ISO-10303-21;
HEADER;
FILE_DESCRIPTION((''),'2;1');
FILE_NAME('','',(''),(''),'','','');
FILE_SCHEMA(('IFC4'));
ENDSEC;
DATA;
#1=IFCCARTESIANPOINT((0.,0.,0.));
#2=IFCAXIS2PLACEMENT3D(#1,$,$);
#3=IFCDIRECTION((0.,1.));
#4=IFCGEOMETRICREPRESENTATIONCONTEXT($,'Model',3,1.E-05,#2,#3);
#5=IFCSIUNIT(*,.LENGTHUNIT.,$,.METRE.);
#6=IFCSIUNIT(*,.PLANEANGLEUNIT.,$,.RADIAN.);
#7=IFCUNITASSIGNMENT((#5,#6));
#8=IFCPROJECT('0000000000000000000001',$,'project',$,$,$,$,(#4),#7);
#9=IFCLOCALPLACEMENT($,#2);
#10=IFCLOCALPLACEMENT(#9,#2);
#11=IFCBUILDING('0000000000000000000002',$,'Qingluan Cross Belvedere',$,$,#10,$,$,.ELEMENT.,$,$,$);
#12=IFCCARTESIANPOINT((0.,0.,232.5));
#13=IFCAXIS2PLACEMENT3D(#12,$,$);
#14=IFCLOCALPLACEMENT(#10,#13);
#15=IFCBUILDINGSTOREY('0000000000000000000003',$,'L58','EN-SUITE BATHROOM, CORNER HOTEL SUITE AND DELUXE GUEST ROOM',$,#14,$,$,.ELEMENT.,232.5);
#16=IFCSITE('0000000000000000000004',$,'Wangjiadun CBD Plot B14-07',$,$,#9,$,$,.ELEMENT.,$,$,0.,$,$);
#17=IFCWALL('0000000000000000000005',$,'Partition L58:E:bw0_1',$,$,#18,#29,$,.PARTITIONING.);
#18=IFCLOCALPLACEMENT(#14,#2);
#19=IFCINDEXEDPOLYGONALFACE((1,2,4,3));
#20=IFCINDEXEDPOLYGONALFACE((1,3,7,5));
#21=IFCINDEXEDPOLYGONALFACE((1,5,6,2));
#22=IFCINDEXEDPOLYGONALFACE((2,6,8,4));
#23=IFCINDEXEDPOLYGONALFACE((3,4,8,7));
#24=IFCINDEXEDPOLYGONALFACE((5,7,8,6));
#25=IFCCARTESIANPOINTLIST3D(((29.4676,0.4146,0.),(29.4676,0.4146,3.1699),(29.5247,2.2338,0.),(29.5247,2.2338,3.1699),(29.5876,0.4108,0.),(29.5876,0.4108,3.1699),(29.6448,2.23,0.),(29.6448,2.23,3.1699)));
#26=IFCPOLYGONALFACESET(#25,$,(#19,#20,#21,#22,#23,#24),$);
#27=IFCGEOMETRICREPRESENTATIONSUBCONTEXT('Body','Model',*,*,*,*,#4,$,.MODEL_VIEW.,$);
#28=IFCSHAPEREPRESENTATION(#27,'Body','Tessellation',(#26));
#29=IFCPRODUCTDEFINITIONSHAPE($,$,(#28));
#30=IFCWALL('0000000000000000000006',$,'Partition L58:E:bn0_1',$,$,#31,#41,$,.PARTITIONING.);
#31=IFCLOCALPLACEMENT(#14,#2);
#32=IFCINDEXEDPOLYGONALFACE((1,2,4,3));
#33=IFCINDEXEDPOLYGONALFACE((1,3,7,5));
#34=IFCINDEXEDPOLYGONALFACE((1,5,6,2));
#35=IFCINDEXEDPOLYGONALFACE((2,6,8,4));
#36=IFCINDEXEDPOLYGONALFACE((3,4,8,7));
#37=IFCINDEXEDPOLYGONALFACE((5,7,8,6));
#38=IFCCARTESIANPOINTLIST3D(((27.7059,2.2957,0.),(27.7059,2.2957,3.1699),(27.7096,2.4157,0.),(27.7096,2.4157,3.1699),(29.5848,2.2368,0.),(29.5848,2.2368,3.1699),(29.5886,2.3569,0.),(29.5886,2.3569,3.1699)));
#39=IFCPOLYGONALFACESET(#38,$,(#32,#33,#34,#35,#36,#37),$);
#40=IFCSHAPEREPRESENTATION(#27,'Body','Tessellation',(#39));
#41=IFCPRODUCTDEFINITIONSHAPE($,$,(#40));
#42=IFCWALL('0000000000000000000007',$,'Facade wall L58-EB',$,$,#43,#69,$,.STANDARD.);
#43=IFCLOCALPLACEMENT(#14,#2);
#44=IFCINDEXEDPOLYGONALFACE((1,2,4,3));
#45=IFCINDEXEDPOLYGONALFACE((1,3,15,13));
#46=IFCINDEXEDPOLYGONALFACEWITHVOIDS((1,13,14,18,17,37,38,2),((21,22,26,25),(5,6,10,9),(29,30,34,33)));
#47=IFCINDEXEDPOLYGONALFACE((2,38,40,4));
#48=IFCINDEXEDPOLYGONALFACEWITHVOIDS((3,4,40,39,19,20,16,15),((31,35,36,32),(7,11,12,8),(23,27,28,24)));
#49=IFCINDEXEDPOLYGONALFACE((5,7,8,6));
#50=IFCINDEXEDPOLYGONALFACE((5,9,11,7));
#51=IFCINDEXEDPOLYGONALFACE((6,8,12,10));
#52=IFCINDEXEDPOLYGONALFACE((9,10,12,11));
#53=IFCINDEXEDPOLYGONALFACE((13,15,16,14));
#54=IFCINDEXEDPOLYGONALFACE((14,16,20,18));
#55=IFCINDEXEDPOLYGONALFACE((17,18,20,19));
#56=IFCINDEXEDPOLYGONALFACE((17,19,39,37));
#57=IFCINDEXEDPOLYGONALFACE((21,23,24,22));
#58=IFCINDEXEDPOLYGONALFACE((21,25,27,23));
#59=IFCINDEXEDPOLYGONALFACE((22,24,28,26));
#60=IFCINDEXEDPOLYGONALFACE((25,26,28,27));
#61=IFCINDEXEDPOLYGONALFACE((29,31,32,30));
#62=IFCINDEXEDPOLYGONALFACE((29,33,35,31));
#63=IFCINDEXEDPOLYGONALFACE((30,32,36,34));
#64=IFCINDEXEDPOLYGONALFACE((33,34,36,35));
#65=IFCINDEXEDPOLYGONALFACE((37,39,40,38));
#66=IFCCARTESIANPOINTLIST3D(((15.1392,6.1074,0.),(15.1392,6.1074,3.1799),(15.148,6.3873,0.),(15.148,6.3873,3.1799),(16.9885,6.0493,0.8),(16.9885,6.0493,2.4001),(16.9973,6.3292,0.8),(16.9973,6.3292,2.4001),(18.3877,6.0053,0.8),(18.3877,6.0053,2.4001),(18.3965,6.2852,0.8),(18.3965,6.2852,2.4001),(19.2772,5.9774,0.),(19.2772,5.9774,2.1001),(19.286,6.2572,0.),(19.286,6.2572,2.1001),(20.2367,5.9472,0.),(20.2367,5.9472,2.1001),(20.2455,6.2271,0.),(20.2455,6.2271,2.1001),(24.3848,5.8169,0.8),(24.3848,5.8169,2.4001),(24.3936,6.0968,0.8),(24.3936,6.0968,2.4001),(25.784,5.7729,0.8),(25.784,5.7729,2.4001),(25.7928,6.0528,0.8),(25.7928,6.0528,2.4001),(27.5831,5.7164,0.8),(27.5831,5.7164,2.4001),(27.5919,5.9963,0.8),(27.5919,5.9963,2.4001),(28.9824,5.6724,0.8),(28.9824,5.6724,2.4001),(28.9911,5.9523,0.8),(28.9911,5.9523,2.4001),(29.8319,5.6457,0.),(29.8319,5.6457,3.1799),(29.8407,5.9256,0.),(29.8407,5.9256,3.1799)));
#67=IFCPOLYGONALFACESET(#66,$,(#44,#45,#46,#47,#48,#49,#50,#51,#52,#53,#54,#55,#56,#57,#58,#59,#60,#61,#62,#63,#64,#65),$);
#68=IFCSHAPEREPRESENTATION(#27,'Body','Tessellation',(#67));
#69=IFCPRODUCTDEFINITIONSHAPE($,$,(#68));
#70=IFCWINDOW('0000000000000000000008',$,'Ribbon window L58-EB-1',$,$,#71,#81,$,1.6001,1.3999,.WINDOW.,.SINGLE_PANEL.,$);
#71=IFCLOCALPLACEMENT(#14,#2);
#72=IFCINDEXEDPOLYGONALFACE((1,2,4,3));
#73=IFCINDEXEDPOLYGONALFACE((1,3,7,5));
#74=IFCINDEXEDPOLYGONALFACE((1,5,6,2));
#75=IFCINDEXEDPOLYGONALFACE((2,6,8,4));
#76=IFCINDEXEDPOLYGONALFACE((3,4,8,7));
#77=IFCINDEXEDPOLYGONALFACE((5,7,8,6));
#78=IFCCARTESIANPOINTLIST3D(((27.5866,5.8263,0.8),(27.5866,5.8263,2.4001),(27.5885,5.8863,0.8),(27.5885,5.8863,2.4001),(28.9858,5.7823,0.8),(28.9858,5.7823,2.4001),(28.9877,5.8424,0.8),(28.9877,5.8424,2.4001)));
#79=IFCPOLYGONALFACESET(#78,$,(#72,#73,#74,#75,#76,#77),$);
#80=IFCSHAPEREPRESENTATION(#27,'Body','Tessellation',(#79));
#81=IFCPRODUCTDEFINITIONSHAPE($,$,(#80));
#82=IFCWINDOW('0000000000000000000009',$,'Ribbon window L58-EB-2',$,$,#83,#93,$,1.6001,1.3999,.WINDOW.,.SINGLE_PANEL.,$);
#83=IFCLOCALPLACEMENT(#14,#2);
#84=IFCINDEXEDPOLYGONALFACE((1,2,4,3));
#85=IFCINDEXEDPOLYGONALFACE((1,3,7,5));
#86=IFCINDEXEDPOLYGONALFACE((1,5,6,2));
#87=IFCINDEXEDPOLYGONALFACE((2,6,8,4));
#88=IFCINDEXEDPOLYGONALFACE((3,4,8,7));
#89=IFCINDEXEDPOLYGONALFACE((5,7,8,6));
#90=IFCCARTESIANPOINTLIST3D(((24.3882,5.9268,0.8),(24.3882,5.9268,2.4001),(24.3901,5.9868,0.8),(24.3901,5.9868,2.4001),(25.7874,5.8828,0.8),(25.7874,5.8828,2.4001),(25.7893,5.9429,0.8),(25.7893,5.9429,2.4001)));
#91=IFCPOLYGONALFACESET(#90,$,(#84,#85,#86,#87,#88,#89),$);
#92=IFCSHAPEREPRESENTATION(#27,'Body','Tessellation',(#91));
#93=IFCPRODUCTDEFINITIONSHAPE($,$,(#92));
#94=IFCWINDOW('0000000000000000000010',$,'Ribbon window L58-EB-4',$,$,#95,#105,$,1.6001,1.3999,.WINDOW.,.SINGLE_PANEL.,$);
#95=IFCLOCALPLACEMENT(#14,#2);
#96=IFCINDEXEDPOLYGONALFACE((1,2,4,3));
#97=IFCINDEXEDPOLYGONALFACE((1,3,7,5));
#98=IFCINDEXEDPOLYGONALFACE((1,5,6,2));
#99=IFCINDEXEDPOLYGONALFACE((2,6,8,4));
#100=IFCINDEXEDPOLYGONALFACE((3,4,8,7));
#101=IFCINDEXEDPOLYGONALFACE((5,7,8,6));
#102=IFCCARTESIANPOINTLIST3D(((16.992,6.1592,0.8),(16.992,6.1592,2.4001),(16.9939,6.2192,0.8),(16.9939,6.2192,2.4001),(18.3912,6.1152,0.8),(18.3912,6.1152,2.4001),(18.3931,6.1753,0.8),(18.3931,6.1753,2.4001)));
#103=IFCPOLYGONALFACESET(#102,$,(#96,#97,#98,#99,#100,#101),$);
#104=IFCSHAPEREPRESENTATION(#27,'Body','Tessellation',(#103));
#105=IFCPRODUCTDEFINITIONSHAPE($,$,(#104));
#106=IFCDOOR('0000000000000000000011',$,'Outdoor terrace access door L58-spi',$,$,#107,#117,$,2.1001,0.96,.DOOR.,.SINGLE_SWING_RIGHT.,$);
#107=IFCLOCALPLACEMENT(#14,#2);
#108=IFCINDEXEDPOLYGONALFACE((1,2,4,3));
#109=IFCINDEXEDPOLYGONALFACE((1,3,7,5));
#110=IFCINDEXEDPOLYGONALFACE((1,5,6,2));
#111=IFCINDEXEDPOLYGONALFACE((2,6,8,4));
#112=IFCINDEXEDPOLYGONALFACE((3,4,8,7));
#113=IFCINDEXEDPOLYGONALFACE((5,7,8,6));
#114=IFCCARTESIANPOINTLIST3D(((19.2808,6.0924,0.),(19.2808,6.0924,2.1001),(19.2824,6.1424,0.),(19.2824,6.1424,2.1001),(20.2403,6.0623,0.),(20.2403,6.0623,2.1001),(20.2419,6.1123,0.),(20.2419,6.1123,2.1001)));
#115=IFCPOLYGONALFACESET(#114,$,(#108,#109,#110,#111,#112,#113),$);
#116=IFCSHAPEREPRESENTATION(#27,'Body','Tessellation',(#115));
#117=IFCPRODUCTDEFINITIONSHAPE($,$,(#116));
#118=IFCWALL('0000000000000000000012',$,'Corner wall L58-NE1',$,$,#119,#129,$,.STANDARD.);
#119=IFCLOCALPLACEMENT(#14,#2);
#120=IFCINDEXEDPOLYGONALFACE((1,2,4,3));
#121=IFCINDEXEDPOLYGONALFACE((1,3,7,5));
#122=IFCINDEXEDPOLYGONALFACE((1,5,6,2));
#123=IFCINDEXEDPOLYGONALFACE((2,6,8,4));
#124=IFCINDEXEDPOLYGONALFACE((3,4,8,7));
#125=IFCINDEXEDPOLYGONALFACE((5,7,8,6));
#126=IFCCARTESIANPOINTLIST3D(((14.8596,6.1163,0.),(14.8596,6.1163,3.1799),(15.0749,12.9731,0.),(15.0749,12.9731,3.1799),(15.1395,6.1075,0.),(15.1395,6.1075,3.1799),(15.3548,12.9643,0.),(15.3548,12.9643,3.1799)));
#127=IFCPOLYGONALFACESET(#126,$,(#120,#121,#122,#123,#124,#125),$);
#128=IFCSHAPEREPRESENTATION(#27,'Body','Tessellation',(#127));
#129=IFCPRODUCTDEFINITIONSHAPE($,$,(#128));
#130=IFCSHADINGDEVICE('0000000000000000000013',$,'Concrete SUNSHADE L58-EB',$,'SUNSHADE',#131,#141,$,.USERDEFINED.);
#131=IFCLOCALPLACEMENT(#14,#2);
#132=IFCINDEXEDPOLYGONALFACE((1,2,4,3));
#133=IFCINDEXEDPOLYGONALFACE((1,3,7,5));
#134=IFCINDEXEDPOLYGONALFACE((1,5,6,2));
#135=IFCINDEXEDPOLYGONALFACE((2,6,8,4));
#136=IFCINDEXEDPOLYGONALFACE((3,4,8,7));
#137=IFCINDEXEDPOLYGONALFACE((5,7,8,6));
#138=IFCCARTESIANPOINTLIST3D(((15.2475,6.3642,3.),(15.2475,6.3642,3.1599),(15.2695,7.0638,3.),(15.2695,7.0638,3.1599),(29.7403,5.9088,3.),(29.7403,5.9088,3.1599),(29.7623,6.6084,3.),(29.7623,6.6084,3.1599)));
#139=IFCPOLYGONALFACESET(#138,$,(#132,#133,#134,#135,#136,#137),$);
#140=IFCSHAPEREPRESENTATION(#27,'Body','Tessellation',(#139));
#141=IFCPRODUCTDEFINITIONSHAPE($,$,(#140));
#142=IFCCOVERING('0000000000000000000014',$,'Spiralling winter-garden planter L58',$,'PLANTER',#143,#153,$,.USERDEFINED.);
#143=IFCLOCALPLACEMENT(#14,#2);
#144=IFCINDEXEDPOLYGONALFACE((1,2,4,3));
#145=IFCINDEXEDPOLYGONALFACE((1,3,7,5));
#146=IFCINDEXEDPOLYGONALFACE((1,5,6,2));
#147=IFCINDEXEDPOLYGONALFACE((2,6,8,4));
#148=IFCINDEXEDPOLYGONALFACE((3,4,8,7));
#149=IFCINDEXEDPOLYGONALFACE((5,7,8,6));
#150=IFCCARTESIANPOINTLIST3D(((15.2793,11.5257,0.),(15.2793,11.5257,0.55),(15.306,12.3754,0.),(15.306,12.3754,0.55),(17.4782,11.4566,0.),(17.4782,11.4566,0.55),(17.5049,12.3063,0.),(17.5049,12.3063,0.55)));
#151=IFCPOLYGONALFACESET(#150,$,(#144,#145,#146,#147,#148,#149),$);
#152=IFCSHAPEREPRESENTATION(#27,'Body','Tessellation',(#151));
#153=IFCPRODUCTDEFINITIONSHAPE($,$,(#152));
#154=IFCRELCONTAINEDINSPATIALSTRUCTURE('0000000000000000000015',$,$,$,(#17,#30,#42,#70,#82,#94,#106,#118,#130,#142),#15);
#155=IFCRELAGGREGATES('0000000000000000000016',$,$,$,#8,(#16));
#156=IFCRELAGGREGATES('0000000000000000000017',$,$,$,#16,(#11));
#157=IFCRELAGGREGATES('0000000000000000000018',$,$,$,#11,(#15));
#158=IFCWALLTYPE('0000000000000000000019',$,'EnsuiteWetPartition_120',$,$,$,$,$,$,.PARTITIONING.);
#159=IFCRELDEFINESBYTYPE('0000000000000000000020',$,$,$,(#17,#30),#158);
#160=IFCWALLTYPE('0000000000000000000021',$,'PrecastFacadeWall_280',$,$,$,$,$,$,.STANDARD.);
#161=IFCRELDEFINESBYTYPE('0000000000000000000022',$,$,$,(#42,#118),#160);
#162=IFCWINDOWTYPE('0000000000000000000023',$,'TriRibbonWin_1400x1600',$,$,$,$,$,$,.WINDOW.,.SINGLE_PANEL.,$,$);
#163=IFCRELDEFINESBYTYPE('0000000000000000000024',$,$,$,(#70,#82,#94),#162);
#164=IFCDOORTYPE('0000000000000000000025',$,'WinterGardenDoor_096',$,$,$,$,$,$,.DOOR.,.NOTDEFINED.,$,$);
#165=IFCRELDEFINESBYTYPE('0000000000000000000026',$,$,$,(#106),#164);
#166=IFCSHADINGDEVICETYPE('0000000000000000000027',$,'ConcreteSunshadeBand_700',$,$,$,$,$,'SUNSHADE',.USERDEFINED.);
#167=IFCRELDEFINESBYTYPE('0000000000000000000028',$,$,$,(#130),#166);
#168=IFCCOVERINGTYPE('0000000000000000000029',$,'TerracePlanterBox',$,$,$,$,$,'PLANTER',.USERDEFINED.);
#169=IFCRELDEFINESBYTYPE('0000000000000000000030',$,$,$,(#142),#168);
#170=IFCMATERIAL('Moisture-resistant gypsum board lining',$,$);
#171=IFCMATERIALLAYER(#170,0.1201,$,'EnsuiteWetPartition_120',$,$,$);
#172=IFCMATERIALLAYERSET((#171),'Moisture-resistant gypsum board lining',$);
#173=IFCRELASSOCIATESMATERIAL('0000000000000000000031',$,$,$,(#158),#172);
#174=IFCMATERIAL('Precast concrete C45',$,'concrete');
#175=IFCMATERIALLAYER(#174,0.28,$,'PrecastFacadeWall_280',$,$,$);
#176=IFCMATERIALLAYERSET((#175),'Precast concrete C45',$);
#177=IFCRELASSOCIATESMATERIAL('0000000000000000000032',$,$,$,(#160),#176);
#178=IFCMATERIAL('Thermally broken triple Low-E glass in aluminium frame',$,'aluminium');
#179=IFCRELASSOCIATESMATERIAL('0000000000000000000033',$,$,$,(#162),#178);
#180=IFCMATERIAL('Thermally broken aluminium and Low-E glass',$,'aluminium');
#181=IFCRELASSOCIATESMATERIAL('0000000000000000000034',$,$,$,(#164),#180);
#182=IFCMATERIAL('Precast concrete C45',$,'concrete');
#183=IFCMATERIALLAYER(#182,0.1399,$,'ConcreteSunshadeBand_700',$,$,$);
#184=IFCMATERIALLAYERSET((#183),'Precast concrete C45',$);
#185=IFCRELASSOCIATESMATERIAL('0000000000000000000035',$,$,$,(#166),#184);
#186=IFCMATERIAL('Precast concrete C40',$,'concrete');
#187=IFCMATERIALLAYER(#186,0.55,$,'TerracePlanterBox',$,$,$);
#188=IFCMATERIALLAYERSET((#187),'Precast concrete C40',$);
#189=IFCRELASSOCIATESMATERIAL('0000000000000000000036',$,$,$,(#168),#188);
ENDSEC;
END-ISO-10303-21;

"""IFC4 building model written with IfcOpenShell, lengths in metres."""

from ifc_helpers import new_model, si_unit, direction, frame, frame_2d, origin, origin_2d, place, context, subcontext, project, spatial, rectangle, extrude, material, layer, layer_set, type_object, element, fill, save


model = new_model("IFC4")

# Units and contexts
model_context = context("Model", 3, precision=1e-05, world=origin(), true_north=direction((0.0, 1.0)))
body_context = subcontext(model_context, "Body", "Model", "MODEL_VIEW")
ifc_project = project(units=[si_unit("LENGTHUNIT", "METRE"), si_unit("PLANEANGLEUNIT", "RADIAN")], contexts=[model_context])

# Site, building, storey
site_placement = place(None, origin())
site = spatial("IfcSite", under=ifc_project, at=site_placement, Name="Wangjiadun CBD Plot B14-07", CompositionType="ELEMENT", RefElevation=0.0)
building_placement = place(site_placement, origin())
building = spatial("IfcBuilding", under=site, at=building_placement, Name="Qingluan Cross Belvedere", CompositionType="ELEMENT")
storey_placement = place(building_placement, frame((0.0, 0.0, 232.5)))
storey = spatial("IfcBuildingStorey", under=building, at=storey_placement, Name="L58", Description="EN-SUITE BATHROOM, CORNER HOTEL SUITE AND DELUXE GUEST ROOM", CompositionType="ELEMENT", Elevation=232.5)

# Shared definitions
ifc_material_1 = material(Name="Moisture-resistant gypsum board lining")
ifc_layer_1 = layer(ifc_material_1, 0.1201, Name="EnsuiteWetPartition_120")
ifc_layer_set_1 = layer_set([ifc_layer_1], Name="Moisture-resistant gypsum board lining")
wall_type_1 = type_object("IfcWallType", Name="EnsuiteWetPartition_120", PredefinedType="PARTITIONING", material=ifc_layer_set_1)

# Walls
wall_1_placement = place(storey_placement, frame((29.5276, 0.4126, 0.0), z_axis=(0.0, 0.0, 1.0), x_axis=(0.03139, 0.999507, 0.0)))
element("IfcWall", 1, at=wall_1_placement, inside=storey, type_object=wall_type_1, Name="Partition L58:E:bw0_1", PredefinedType="PARTITIONING", context=body_context, shape_type="SweptSolid", body=[
    extrude(rectangle(XDim=1.8201, YDim=0.1201, at=frame_2d((0.9102, 0.0))), origin(), (0.0, 0.0, 1.0), 3.1699),
])
wall_2_placement = place(storey_placement, frame((27.7078, 2.3557, 0.0), z_axis=(0.0, 0.0, 1.0), x_axis=(0.99951, -0.0313, 0.0)))
element("IfcWall", 2, at=wall_2_placement, inside=storey, type_object=wall_type_1, Name="Partition L58:E:bn0_1", PredefinedType="PARTITIONING", context=body_context, shape_type="SweptSolid", body=[
    extrude(rectangle(XDim=1.8799, YDim=0.1201, at=frame_2d((0.9399, 0.0))), origin(), (0.0, 0.0, 1.0), 3.1699),
])

# Wall, openings, windows, door
ifc_material_2 = material(Name="Precast concrete C45", Category="concrete")
ifc_layer_2 = layer(ifc_material_2, 0.28, Name="PrecastFacadeWall_280")
ifc_layer_set_2 = layer_set([ifc_layer_2], Name="Precast concrete C45")
wall_type_2 = type_object("IfcWallType", Name="PrecastFacadeWall_280", PredefinedType="STANDARD", material=ifc_layer_set_2)
wall_3_placement = place(storey_placement, frame((29.8364, 5.7856, 0.0), z_axis=(0.0, 0.0, 1.0), x_axis=(-0.999507, 0.031406, 0.0)))
wall_3 = element("IfcWall", 3, at=wall_3_placement, inside=storey, type_object=wall_type_2, Name="Facade wall L58-EB", PredefinedType="STANDARD", context=body_context, shape_type="SweptSolid", body=[
    extrude(rectangle(XDim=14.7, YDim=0.28, at=frame_2d((7.3501, 0.0))), origin(), (0.0, 0.0, 1.0), 3.1799),
])
opening_1_placement = place(wall_3_placement, frame((0.8501, 0.0, 0.8)))
opening_1 = element("IfcOpeningElement", 4, at=opening_1_placement, cuts=wall_3, PredefinedType="OPENING", context=body_context, shape_type="SweptSolid", body=[
    extrude(rectangle(XDim=1.3999, YDim=1.6001, at=frame_2d((0.7, 0.8))), frame((0.0, 0.1499, 0.0), z_axis=(0.0, -1.0, 0.0), x_axis=(1.0, 0.0, 0.0)), (0.0, 0.0, 1.0), 0.3),
])
opening_2_placement = place(wall_3_placement, frame((4.05, 0.0, 0.8)))
opening_2 = element("IfcOpeningElement", 5, at=opening_2_placement, cuts=wall_3, PredefinedType="OPENING", context=body_context, shape_type="SweptSolid", body=[
    extrude(rectangle(XDim=1.3999, YDim=1.6001, at=frame_2d((0.7, 0.8))), frame((0.0, 0.1499, 0.0), z_axis=(0.0, -1.0, 0.0), x_axis=(1.0, 0.0, 0.0)), (0.0, 0.0, 1.0), 0.3),
])
opening_3_placement = place(wall_3_placement, frame((11.45, 0.0, 0.8)))
opening_3 = element("IfcOpeningElement", 6, at=opening_3_placement, cuts=wall_3, PredefinedType="OPENING", context=body_context, shape_type="SweptSolid", body=[
    extrude(rectangle(XDim=1.3999, YDim=1.6001, at=frame_2d((0.7, 0.8))), frame((0.0, 0.1499, 0.0), z_axis=(0.0, -1.0, 0.0), x_axis=(1.0, 0.0, 0.0)), (0.0, 0.0, 1.0), 0.3),
])
opening_4_placement = place(wall_3_placement, frame((9.6001, 0.0, 0.0)))
opening_4 = element("IfcOpeningElement", 7, at=opening_4_placement, cuts=wall_3, PredefinedType="OPENING", context=body_context, shape_type="SweptSolid", body=[
    extrude(rectangle(XDim=0.96, YDim=2.1001, at=frame_2d((0.48, 1.05))), frame((0.0, 0.1499, 0.0), z_axis=(0.0, -1.0, 0.0), x_axis=(1.0, 0.0, 0.0)), (0.0, 0.0, 1.0), 0.3),
])
ifc_material_3 = material(Name="Thermally broken triple Low-E glass in aluminium frame", Category="aluminium")
window_type = type_object("IfcWindowType", Name="TriRibbonWin_1400x1600", PartitioningType="SINGLE_PANEL", PredefinedType="WINDOW", material=ifc_material_3)
window_1_placement = place(opening_1_placement, origin())
window_1 = element("IfcWindow", 8, at=window_1_placement, inside=storey, type_object=window_type, Name="Ribbon window L58-EB-1", OverallHeight=1.6001, OverallWidth=1.3999, PartitioningType="SINGLE_PANEL", PredefinedType="WINDOW", context=body_context, shape_type="SweptSolid", body=[
    extrude(rectangle(XDim=1.3999, YDim=1.6001, at=frame_2d((0.7, 0.8))), frame((0.0, 0.03, 0.0), z_axis=(0.0, -1.0, 0.0), x_axis=(1.0, 0.0, 0.0)), (0.0, 0.0, 1.0), 0.0601),
])
fill(opening_1, window_1)
window_2_placement = place(opening_2_placement, origin())
window_2 = element("IfcWindow", 9, at=window_2_placement, inside=storey, type_object=window_type, Name="Ribbon window L58-EB-2", OverallHeight=1.6001, OverallWidth=1.3999, PartitioningType="SINGLE_PANEL", PredefinedType="WINDOW", context=body_context, shape_type="SweptSolid", body=[
    extrude(rectangle(XDim=1.3999, YDim=1.6001, at=frame_2d((0.7, 0.8))), frame((0.0, 0.03, 0.0), z_axis=(0.0, -1.0, 0.0), x_axis=(1.0, 0.0, 0.0)), (0.0, 0.0, 1.0), 0.0601),
])
fill(opening_2, window_2)
window_3_placement = place(opening_3_placement, origin())
window_3 = element("IfcWindow", 10, at=window_3_placement, inside=storey, type_object=window_type, Name="Ribbon window L58-EB-4", OverallHeight=1.6001, OverallWidth=1.3999, PartitioningType="SINGLE_PANEL", PredefinedType="WINDOW", context=body_context, shape_type="SweptSolid", body=[
    extrude(rectangle(XDim=1.3999, YDim=1.6001, at=frame_2d((0.7, 0.8))), frame((0.0, 0.03, 0.0), z_axis=(0.0, -1.0, 0.0), x_axis=(1.0, 0.0, 0.0)), (0.0, 0.0, 1.0), 0.0601),
])
fill(opening_3, window_3)
ifc_material_4 = material(Name="Thermally broken aluminium and Low-E glass", Category="aluminium")
door_type_1 = type_object("IfcDoorType", Name="WinterGardenDoor_096", OperationType="NOTDEFINED", PredefinedType="DOOR", material=ifc_material_4)
door_1_placement = place(opening_4_placement, origin())
door_1 = element("IfcDoor", 11, at=door_1_placement, inside=storey, type_object=door_type_1, Name="Outdoor terrace access door L58-spi", OperationType="SINGLE_SWING_RIGHT", OverallHeight=2.1001, OverallWidth=0.96, PredefinedType="DOOR", context=body_context, shape_type="SweptSolid", body=[
    extrude(rectangle(XDim=0.96, YDim=2.1001, at=frame_2d((0.48, 1.05))), frame((0.0, 0.0249, 0.0), z_axis=(0.0, -1.0, 0.0), x_axis=(1.0, 0.0, 0.0)), (0.0, 0.0, 1.0), 0.05),
])
fill(opening_4, door_1)

# Wall
wall_4_placement = place(storey_placement, frame((14.9995, 6.1118, 0.0), z_axis=(0.0, 0.0, 1.0), x_axis=(0.031389, 0.999507, 0.0)))
element("IfcWall", 12, at=wall_4_placement, inside=storey, type_object=wall_type_2, Name="Corner wall L58-NE1", PredefinedType="STANDARD", context=body_context, shape_type="SweptSolid", body=[
    extrude(rectangle(XDim=6.8601, YDim=0.28, at=frame_2d((3.4302, 0.0))), origin(), (0.0, 0.0, 1.0), 3.1799),
])

# Shading device
ifc_material_5 = material(Name="Precast concrete C45", Category="concrete")
ifc_layer_3 = layer(ifc_material_5, 0.1399, Name="ConcreteSunshadeBand_700")
ifc_layer_set_3 = layer_set([ifc_layer_3], Name="Precast concrete C45")
shading_device_type = type_object("IfcShadingDeviceType", Name="ConcreteSunshadeBand_700", ElementType="SUNSHADE", PredefinedType="USERDEFINED", material=ifc_layer_set_3)
shading_device_placement = place(storey_placement, frame((22.5049, 6.4863, 3.0), z_axis=(0.0, 0.0, 1.0), x_axis=(-0.999507, 0.031408, 0.0)))
element("IfcShadingDevice", 13, at=shading_device_placement, inside=storey, type_object=shading_device_type, Name="Concrete SUNSHADE L58-EB", ObjectType="SUNSHADE", PredefinedType="USERDEFINED", context=body_context, shape_type="SweptSolid", body=[
    extrude(rectangle(XDim=14.5, YDim=0.7, at=origin_2d()), origin(), (0.0, 0.0, 1.0), 0.1599),
])

# Covering
ifc_material_6 = material(Name="Precast concrete C40", Category="concrete")
ifc_layer_4 = layer(ifc_material_6, 0.55, Name="TerracePlanterBox")
ifc_layer_set_4 = layer_set([ifc_layer_4], Name="Precast concrete C40")
covering_type = type_object("IfcCoveringType", Name="TerracePlanterBox", ElementType="PLANTER", PredefinedType="USERDEFINED", material=ifc_layer_set_4)
covering_placement = place(storey_placement, frame((16.3921, 11.916, 0.0), z_axis=(0.0, 0.0, 1.0), x_axis=(0.999507, -0.031411, 0.0)))
element("IfcCovering", 14, at=covering_placement, inside=storey, type_object=covering_type, Name="Spiralling winter-garden planter L58", ObjectType="PLANTER", PredefinedType="USERDEFINED", context=body_context, shape_type="SweptSolid", body=[
    extrude(rectangle(XDim=2.2, YDim=0.8501, at=origin_2d()), origin(), (0.0, 0.0, 1.0), 0.55),
])

save(model, "model.ifc")
